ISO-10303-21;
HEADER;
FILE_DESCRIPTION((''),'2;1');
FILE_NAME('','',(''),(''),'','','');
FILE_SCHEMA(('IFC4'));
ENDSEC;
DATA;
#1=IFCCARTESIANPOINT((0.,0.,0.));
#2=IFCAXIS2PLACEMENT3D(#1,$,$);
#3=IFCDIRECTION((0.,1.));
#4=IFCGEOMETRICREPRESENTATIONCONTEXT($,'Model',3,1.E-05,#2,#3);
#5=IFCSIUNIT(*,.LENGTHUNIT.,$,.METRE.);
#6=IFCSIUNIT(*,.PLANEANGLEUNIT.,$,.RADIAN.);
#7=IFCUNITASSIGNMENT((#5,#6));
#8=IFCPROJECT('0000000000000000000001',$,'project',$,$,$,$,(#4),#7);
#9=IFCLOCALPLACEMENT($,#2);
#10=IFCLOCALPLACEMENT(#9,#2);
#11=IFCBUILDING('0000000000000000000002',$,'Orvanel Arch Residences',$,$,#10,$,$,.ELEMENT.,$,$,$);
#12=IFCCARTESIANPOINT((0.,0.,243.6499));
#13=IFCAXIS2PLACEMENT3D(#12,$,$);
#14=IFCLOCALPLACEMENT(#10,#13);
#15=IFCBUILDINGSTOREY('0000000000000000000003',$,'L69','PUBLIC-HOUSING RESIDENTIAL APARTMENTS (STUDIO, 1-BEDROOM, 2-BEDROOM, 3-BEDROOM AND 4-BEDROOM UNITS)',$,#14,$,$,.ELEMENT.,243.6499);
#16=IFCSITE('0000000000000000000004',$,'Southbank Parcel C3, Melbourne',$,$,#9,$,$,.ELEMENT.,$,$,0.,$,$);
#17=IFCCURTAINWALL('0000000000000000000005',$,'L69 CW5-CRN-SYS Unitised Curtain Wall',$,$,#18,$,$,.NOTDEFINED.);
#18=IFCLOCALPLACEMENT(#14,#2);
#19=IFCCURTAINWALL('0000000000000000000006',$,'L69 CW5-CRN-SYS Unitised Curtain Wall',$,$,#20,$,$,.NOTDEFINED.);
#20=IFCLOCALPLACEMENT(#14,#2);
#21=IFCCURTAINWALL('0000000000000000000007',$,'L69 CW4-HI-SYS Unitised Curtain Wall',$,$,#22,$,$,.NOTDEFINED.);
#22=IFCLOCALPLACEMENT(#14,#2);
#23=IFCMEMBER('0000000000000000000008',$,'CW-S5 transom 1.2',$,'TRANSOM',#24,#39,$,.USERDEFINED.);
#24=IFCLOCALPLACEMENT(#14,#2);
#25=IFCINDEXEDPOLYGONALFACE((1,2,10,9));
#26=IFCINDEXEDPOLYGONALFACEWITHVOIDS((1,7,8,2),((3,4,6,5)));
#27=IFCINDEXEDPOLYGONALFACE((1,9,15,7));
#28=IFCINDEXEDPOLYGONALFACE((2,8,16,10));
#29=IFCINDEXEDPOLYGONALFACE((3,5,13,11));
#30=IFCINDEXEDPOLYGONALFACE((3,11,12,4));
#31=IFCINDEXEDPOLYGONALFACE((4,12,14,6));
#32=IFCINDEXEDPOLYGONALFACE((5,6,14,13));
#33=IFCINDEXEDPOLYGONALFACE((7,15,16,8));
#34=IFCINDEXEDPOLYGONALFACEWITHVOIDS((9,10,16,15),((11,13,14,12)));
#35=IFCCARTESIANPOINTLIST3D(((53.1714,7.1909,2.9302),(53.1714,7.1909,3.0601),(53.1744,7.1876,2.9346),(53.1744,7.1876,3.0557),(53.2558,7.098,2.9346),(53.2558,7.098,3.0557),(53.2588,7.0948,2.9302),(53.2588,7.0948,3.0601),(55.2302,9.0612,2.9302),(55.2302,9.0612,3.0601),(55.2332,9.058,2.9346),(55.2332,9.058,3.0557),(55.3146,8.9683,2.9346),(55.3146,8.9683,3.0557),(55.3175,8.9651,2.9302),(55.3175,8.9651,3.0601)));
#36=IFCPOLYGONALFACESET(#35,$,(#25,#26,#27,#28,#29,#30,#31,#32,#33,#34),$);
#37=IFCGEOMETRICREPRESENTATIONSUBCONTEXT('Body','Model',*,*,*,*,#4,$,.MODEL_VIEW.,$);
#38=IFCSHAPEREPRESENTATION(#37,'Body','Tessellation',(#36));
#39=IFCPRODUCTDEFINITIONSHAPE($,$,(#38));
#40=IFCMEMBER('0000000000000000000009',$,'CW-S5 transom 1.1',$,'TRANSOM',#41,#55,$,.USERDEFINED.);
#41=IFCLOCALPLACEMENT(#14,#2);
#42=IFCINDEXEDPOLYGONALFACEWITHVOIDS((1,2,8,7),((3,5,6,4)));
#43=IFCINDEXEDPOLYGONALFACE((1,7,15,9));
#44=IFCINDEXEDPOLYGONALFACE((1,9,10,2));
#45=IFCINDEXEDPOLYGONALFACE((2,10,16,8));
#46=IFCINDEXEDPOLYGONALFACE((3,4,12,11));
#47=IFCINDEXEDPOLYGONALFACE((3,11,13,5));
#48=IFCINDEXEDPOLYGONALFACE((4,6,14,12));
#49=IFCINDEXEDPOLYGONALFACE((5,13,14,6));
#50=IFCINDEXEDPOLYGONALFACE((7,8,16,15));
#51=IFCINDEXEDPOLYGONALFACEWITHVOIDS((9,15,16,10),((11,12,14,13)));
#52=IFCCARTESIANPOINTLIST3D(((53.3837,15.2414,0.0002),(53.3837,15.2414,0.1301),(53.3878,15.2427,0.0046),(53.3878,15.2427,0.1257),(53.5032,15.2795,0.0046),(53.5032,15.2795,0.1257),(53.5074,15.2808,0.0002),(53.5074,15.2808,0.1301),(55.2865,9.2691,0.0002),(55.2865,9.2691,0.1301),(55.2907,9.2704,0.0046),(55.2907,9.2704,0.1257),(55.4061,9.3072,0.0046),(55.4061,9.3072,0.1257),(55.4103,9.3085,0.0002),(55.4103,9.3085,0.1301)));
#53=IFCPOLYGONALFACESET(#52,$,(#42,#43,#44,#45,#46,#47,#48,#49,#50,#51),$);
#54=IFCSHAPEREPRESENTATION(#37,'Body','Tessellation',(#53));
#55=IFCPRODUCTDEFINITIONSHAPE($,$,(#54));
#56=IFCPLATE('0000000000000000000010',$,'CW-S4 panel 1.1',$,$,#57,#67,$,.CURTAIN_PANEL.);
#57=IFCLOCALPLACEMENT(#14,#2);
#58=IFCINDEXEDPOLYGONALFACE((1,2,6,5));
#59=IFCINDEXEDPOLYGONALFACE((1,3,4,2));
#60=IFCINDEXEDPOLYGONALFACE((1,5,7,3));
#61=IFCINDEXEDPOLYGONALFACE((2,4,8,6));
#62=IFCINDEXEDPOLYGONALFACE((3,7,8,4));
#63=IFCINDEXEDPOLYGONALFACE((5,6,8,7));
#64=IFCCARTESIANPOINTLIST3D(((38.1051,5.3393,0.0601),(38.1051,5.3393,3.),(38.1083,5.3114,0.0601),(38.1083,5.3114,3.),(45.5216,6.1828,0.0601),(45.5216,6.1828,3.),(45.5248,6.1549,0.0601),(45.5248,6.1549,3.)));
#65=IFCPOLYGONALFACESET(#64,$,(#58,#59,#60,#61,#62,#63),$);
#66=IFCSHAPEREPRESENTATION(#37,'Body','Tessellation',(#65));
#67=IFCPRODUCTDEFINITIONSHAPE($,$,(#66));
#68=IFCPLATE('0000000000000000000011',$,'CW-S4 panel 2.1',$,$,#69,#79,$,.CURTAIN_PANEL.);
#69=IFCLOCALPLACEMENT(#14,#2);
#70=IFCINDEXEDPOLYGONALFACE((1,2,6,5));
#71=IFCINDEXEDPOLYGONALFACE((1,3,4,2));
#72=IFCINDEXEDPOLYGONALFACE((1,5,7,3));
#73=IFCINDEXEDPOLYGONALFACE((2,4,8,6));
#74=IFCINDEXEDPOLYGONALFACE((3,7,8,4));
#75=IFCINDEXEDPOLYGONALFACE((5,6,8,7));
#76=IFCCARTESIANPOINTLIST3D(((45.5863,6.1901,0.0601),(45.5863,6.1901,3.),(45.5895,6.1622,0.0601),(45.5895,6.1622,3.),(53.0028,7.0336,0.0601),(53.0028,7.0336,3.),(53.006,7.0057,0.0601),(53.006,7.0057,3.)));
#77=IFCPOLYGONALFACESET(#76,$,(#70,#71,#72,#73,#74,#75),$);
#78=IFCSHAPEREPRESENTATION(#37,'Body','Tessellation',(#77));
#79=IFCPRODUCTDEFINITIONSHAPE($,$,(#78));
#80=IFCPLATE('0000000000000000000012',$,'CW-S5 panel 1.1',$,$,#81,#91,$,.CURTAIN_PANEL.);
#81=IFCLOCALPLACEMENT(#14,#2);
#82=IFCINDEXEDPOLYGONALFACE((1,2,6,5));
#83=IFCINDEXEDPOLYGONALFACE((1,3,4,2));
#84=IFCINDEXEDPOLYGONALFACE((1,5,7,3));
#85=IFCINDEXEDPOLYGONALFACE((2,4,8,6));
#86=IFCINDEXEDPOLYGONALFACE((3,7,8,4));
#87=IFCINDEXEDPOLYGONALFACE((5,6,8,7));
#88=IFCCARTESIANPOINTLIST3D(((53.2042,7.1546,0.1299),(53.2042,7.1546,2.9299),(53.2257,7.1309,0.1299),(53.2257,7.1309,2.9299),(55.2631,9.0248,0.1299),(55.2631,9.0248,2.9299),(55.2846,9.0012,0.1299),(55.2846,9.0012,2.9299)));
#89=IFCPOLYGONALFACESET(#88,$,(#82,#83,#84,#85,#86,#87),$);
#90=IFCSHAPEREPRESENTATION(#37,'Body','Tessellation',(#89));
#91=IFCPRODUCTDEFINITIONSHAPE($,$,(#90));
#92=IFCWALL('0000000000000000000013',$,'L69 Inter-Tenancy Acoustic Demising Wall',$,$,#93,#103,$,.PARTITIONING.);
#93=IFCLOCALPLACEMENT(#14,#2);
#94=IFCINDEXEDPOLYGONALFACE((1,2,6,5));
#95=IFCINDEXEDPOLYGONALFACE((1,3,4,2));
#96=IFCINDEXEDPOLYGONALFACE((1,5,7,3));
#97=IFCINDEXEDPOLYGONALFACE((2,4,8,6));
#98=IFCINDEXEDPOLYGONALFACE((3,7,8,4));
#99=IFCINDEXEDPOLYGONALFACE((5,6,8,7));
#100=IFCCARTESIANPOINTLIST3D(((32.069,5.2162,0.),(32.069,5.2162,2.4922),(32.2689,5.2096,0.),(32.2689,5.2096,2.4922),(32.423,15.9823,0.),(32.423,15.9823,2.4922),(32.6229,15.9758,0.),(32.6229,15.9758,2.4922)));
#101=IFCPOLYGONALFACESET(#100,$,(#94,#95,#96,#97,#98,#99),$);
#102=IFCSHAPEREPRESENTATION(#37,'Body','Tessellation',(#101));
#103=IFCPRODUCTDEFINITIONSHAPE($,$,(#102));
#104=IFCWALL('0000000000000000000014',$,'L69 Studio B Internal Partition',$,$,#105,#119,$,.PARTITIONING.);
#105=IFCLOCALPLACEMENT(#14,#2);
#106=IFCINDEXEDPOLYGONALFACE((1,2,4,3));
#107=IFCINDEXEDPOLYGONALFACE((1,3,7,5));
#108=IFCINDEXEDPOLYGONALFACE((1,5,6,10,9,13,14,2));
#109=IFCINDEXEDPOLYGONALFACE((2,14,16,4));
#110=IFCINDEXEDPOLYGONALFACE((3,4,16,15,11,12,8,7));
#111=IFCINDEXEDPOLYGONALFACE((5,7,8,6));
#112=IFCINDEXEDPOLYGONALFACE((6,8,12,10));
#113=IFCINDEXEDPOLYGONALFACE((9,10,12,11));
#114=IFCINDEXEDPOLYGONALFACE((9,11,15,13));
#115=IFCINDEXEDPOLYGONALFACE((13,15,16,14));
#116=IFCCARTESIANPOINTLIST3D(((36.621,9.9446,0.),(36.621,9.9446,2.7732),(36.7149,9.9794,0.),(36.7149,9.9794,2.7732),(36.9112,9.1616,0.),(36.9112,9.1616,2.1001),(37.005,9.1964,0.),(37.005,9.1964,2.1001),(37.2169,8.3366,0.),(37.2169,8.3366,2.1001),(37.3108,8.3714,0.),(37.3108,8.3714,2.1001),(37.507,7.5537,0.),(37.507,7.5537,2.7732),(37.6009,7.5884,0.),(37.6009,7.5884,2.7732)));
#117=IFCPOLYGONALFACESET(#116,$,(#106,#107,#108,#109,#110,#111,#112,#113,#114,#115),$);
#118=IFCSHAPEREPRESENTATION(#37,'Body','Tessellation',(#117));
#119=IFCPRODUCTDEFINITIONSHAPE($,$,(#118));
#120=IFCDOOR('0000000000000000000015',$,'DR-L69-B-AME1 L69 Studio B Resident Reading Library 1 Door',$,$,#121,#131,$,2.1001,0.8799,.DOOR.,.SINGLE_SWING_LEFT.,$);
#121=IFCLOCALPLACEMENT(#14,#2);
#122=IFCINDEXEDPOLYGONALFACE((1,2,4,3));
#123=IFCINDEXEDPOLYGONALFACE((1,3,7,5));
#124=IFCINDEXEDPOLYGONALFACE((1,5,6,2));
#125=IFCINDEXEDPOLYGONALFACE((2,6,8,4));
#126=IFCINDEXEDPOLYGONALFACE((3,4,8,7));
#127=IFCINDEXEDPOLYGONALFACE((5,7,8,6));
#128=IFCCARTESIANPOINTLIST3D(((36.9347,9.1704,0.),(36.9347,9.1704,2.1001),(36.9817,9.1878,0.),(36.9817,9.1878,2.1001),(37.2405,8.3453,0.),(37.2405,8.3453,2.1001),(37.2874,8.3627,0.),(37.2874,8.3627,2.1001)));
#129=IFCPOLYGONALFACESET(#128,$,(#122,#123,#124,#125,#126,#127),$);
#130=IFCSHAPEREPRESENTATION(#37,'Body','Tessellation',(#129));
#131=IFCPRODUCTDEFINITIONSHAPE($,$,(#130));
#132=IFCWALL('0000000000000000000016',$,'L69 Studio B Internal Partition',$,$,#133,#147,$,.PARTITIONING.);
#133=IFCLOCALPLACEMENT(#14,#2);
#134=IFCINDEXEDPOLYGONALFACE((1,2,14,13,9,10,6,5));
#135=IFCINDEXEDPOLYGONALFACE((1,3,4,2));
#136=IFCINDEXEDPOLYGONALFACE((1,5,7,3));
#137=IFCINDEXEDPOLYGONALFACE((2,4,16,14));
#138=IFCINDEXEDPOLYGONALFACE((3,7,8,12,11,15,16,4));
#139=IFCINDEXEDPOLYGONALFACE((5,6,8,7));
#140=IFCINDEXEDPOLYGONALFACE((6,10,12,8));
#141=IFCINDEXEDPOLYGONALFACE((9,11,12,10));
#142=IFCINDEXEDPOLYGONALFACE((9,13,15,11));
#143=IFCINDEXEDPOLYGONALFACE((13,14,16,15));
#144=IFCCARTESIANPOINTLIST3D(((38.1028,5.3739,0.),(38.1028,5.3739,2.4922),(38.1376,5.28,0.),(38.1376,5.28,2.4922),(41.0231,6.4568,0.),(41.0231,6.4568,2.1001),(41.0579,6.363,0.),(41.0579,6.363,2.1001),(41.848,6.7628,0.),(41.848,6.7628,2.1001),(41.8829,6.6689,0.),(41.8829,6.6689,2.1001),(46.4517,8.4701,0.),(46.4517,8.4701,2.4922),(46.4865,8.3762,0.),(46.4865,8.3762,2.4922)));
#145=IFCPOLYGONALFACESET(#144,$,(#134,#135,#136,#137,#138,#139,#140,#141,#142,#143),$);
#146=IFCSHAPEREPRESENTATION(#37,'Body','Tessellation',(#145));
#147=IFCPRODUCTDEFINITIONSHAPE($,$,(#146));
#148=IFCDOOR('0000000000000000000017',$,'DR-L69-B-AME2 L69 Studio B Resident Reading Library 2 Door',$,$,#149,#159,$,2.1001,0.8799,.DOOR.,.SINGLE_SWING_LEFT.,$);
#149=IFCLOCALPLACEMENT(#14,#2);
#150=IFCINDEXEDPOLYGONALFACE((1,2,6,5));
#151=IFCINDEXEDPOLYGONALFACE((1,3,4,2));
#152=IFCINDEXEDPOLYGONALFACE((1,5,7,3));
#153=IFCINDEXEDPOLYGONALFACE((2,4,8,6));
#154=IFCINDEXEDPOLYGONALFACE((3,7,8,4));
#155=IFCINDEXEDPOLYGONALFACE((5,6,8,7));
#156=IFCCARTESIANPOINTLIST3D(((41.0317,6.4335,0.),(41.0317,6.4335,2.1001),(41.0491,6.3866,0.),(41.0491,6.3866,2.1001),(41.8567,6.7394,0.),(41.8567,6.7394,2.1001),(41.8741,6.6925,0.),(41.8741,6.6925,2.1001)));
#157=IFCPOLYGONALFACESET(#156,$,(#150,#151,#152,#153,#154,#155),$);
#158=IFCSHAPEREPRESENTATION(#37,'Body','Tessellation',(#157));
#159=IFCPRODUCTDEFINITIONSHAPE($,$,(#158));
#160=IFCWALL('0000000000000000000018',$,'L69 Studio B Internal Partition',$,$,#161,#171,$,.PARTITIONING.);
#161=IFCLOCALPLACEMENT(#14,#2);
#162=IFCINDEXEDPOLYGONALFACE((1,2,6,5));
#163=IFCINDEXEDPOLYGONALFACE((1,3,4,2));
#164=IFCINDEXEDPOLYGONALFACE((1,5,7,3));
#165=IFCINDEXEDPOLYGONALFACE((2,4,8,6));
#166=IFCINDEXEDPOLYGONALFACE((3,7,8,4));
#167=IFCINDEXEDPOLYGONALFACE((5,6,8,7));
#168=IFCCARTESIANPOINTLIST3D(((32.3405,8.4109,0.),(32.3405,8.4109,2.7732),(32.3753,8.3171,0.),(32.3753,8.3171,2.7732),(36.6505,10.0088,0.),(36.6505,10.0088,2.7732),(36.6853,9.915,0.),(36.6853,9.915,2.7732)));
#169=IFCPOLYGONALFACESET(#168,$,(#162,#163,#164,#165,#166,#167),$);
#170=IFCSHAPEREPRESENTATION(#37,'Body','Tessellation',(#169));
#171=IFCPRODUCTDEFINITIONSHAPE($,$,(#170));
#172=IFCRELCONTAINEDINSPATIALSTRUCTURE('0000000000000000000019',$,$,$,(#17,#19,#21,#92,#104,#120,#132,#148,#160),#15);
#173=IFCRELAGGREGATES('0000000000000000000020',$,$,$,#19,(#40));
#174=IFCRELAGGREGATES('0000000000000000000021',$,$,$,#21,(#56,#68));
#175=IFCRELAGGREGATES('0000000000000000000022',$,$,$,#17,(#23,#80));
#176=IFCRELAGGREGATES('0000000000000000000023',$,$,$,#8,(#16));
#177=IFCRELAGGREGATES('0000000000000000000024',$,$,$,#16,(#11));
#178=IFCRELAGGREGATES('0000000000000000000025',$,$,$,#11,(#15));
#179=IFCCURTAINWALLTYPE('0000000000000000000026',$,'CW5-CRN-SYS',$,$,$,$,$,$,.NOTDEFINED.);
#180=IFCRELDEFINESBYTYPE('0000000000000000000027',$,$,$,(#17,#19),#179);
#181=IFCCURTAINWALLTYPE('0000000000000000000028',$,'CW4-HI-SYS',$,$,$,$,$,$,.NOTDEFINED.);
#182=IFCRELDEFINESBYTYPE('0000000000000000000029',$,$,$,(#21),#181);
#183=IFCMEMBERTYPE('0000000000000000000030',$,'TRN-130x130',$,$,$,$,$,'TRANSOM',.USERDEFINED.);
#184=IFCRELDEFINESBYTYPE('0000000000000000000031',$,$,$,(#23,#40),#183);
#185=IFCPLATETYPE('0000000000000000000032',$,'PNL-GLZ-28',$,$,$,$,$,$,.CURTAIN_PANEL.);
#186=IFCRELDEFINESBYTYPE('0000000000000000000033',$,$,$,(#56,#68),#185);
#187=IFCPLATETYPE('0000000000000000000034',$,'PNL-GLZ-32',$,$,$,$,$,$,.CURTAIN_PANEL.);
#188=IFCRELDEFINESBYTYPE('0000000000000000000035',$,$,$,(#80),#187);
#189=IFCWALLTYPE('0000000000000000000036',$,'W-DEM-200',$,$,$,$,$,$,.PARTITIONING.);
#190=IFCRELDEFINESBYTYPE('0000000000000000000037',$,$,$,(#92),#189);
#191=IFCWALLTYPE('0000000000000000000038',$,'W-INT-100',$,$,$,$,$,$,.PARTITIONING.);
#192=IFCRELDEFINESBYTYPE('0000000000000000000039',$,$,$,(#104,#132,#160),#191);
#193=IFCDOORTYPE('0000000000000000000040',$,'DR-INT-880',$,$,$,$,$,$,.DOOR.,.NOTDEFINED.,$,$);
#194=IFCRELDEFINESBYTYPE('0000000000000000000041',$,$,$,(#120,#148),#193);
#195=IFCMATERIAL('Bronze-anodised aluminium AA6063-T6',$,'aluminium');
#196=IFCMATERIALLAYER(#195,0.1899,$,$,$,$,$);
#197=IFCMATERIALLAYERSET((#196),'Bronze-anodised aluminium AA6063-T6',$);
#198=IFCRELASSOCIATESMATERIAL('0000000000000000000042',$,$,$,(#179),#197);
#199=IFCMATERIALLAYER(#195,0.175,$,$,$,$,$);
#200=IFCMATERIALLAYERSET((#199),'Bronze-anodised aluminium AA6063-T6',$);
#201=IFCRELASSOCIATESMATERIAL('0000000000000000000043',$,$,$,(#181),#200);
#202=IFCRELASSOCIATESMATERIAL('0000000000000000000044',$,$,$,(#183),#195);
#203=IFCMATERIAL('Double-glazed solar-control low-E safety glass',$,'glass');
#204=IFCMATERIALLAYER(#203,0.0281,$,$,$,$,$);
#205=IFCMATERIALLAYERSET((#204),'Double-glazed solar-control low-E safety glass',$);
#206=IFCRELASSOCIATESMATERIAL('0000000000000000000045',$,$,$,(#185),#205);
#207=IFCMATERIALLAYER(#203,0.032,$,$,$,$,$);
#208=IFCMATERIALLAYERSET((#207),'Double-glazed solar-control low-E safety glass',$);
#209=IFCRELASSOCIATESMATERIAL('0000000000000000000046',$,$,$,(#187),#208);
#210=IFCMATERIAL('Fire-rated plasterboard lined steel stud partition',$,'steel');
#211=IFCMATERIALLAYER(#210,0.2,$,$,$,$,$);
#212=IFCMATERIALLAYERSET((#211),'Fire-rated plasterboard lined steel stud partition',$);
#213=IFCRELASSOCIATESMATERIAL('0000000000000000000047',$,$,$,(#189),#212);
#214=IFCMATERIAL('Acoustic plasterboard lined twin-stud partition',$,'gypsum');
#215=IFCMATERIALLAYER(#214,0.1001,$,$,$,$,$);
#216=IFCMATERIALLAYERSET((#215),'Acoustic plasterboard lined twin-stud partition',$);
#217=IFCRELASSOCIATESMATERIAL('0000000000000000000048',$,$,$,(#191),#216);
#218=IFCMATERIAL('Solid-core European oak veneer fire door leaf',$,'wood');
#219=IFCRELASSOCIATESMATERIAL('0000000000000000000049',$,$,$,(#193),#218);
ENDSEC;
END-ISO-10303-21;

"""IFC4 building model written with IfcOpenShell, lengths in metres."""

from ifc_helpers import new_model, si_unit, direction, frame, frame_2d, origin, origin_2d, place, context, subcontext, project, spatial, rectangle, hollow_rectangle, extrude, material, layer, layer_set, material_profile, profile_set, type_object, element, fill, aggregate, save


model = new_model("IFC4")

# Units and contexts
model_context = context("Model", 3, precision=1e-05, world=origin(), true_north=direction((0.0, 1.0)))
body_context = subcontext(model_context, "Body", "Model", "MODEL_VIEW")
ifc_project = project(units=[si_unit("LENGTHUNIT", "METRE"), si_unit("PLANEANGLEUNIT", "RADIAN")], contexts=[model_context])

# Site, building, storey
site_placement = place(None, origin())
site = spatial("IfcSite", under=ifc_project, at=site_placement, Name="Southbank Parcel C3, Melbourne", CompositionType="ELEMENT", RefElevation=0.0)
building_placement = place(site_placement, origin())
building = spatial("IfcBuilding", under=site, at=building_placement, Name="Orvanel Arch Residences", CompositionType="ELEMENT")
storey_placement = place(building_placement, frame((0.0, 0.0, 243.6499)))
storey = spatial("IfcBuildingStorey", under=building, at=storey_placement, Name="L69", Description="PUBLIC-HOUSING RESIDENTIAL APARTMENTS (STUDIO, 1-BEDROOM, 2-BEDROOM, 3-BEDROOM AND 4-BEDROOM UNITS)", CompositionType="ELEMENT", Elevation=243.6499)

# Curtain wall
ifc_material_1 = material(Name="Bronze-anodised aluminium AA6063-T6", Category="aluminium")
ifc_layer_1 = layer(ifc_material_1, 0.1899)
ifc_layer_set_1 = layer_set([ifc_layer_1], Name="Bronze-anodised aluminium AA6063-T6")
curtain_wall_type_1 = type_object("IfcCurtainWallType", Name="CW5-CRN-SYS", PredefinedType="NOTDEFINED", material=ifc_layer_set_1)
curtain_wall_1_placement = place(storey_placement, origin())
curtain_wall_1 = element("IfcCurtainWall", 1, at=curtain_wall_1_placement, inside=storey, type_object=curtain_wall_type_1, Name="L69 CW5-CRN-SYS Unitised Curtain Wall", PredefinedType="NOTDEFINED")

# Curtain wall
curtain_wall_2_placement = place(storey_placement, origin())
curtain_wall_2 = element("IfcCurtainWall", 2, at=curtain_wall_2_placement, inside=storey, type_object=curtain_wall_type_1, Name="L69 CW5-CRN-SYS Unitised Curtain Wall", PredefinedType="NOTDEFINED")

# Curtain wall
ifc_layer_2 = layer(ifc_material_1, 0.175)
ifc_layer_set_2 = layer_set([ifc_layer_2], Name="Bronze-anodised aluminium AA6063-T6")
curtain_wall_type_2 = type_object("IfcCurtainWallType", Name="CW4-HI-SYS", PredefinedType="NOTDEFINED", material=ifc_layer_set_2)
curtain_wall_3_placement = place(storey_placement, origin())
curtain_wall_3 = element("IfcCurtainWall", 3, at=curtain_wall_3_placement, inside=storey, type_object=curtain_wall_type_2, Name="L69 CW4-HI-SYS Unitised Curtain Wall", PredefinedType="NOTDEFINED")

# Members
ifc_material_profile_1 = material_profile(ifc_material_1, hollow_rectangle(XDim=0.1299, YDim=0.1299, WallThickness=0.0044, at=origin_2d()), Name="ALU130x130x4.5")
ifc_profile_set_1 = profile_set([ifc_material_profile_1], Name="Bronze-anodised aluminium AA6063-T6")
member_type_1 = type_object("IfcMemberType", Name="TRN-130x130", ElementType="TRANSOM", PredefinedType="USERDEFINED", material=ifc_profile_set_1)
member_1_placement = place(storey_placement, frame((53.2151, 7.1428, 2.9951), z_axis=(0.740174, 0.672415, 0.0), x_axis=(-0.672415, 0.740174, 0.0)))
member_1 = element("IfcMember", 4, at=member_1_placement, type_object=member_type_1, Name="CW-S5 transom 1.2", ObjectType="TRANSOM", PredefinedType="USERDEFINED", context=body_context, shape_type="SweptSolid", body=[
    extrude(hollow_rectangle(XDim=0.1299, YDim=0.1299, WallThickness=0.0044, at=origin_2d()), origin(), (0.0, 0.0, 1.0), 2.7815),
])
member_2_placement = place(storey_placement, frame((55.3484, 9.2888, 0.0652), z_axis=(-0.30358, 0.952806, 0.0), x_axis=(-0.952806, -0.30358, 0.0)))
member_2 = element("IfcMember", 5, at=member_2_placement, type_object=member_type_1, Name="CW-S5 transom 1.1", ObjectType="TRANSOM", PredefinedType="USERDEFINED", context=body_context, shape_type="SweptSolid", body=[
    extrude(hollow_rectangle(XDim=0.1299, YDim=0.1299, WallThickness=0.0044, at=origin_2d()), origin(), (0.0, 0.0, 1.0), 6.2681),
])
aggregate(curtain_wall_2, [member_2])

# Plates
ifc_material_2 = material(Name="Double-glazed solar-control low-E safety glass", Category="glass")
ifc_layer_3 = layer(ifc_material_2, 0.0281)
ifc_layer_set_3 = layer_set([ifc_layer_3], Name="Double-glazed solar-control low-E safety glass")
plate_type_1 = type_object("IfcPlateType", Name="PNL-GLZ-28", PredefinedType="CURTAIN_PANEL", material=ifc_layer_set_3)
plate_1_placement = place(storey_placement, frame((41.8149, 5.7471, 0.0601), z_axis=(0.0, 0.0, 1.0), x_axis=(0.993595, 0.113, 0.0)))
plate_1 = element("IfcPlate", 6, at=plate_1_placement, type_object=plate_type_1, Name="CW-S4 panel 1.1", PredefinedType="CURTAIN_PANEL", context=body_context, shape_type="SweptSolid", body=[
    extrude(rectangle(XDim=7.4644, YDim=0.0281, at=origin_2d()), origin(), (0.0, 0.0, 1.0), 2.9399),
])
plate_2_placement = place(storey_placement, frame((49.2961, 6.5979, 0.0601), z_axis=(0.0, 0.0, 1.0), x_axis=(0.993595, 0.113, 0.0)))
plate_2 = element("IfcPlate", 7, at=plate_2_placement, type_object=plate_type_1, Name="CW-S4 panel 2.1", PredefinedType="CURTAIN_PANEL", context=body_context, shape_type="SweptSolid", body=[
    extrude(rectangle(XDim=7.4644, YDim=0.0281, at=origin_2d()), origin(), (0.0, 0.0, 1.0), 2.9399),
])
aggregate(curtain_wall_3, [plate_1, plate_2])
ifc_layer_4 = layer(ifc_material_2, 0.032)
ifc_layer_set_4 = layer_set([ifc_layer_4], Name="Double-glazed solar-control low-E safety glass")
plate_type_2 = type_object("IfcPlateType", Name="PNL-GLZ-32", PredefinedType="CURTAIN_PANEL", material=ifc_layer_set_4)
plate_3_placement = place(storey_placement, frame((54.2444, 8.0779, 0.1299), z_axis=(0.0, 0.0, 1.0), x_axis=(0.740204, 0.672382, 0.0)))
plate_3 = element("IfcPlate", 8, at=plate_3_placement, type_object=plate_type_2, Name="CW-S5 panel 1.1", PredefinedType="CURTAIN_PANEL", context=body_context, shape_type="SweptSolid", body=[
    extrude(rectangle(XDim=2.7815, YDim=0.032, at=origin_2d()), origin(), (0.0, 0.0, 1.0), 2.8),
])
aggregate(curtain_wall_1, [member_1, plate_3])

# Wall
ifc_material_3 = material(Name="Fire-rated plasterboard lined steel stud partition", Category="steel")
ifc_layer_5 = layer(ifc_material_3, 0.2)
ifc_layer_set_5 = layer_set([ifc_layer_5], Name="Fire-rated plasterboard lined steel stud partition")
wall_type_1 = type_object("IfcWallType", Name="W-DEM-200", PredefinedType="PARTITIONING", material=ifc_layer_set_5)
wall_1_placement = place(storey_placement, frame((32.1689, 5.2129, 0.0), z_axis=(0.0, 0.0, 1.0), x_axis=(0.032864, 0.99946, 0.0)))
element("IfcWall", 9, at=wall_1_placement, inside=storey, type_object=wall_type_1, Name="L69 Inter-Tenancy Acoustic Demising Wall", PredefinedType="PARTITIONING", context=body_context, shape_type="SweptSolid", body=[
    extrude(rectangle(XDim=10.772, YDim=0.2, at=frame_2d((5.386, 0.0))), origin(), (0.0, 0.0, 1.0), 2.4922),
])

# Walls, openings, doors
ifc_material_4 = material(Name="Acoustic plasterboard lined twin-stud partition", Category="gypsum")
ifc_layer_6 = layer(ifc_material_4, 0.1001)
ifc_layer_set_6 = layer_set([ifc_layer_6], Name="Acoustic plasterboard lined twin-stud partition")
wall_type_2 = type_object("IfcWallType", Name="W-INT-100", PredefinedType="PARTITIONING", material=ifc_layer_set_6)
wall_2_placement = place(storey_placement, frame((37.554, 7.571, 0.0), z_axis=(0.0, 0.0, 1.0), x_axis=(-0.34748, 0.937688, 0.0)))
wall_2 = element("IfcWall", 10, at=wall_2_placement, inside=storey, type_object=wall_type_2, Name="L69 Studio B Internal Partition", PredefinedType="PARTITIONING", context=body_context, shape_type="SweptSolid", body=[
    extrude(rectangle(XDim=2.5498, YDim=0.1001, at=frame_2d((1.2749, 0.0))), origin(), (0.0, 0.0, 1.0), 2.7732),
])
opening_1_placement = place(wall_2_placement, frame((0.835, 0.0, 0.0)))
opening_1 = element("IfcOpeningElement", 11, at=opening_1_placement, cuts=wall_2, PredefinedType="OPENING", context=body_context, shape_type="SweptSolid", body=[
    extrude(rectangle(XDim=0.8799, YDim=2.1001, at=frame_2d((0.4399, 1.05))), frame((0.0, 0.0601, 0.0), z_axis=(0.0, -1.0, 0.0), x_axis=(1.0, 0.0, 0.0)), (0.0, 0.0, 1.0), 0.1201),
])
ifc_material_5 = material(Name="Solid-core European oak veneer fire door leaf", Category="wood")
door_type = type_object("IfcDoorType", Name="DR-INT-880", OperationType="NOTDEFINED", PredefinedType="DOOR", material=ifc_material_5)
door_1_placement = place(opening_1_placement, origin())
door_1 = element("IfcDoor", 12, at=door_1_placement, inside=storey, type_object=door_type, Name="DR-L69-B-AME1 L69 Studio B Resident Reading Library 1 Door", OperationType="SINGLE_SWING_LEFT", OverallHeight=2.1001, OverallWidth=0.8799, PredefinedType="DOOR", context=body_context, shape_type="SweptSolid", body=[
    extrude(rectangle(XDim=0.8799, YDim=2.1001, at=frame_2d((0.4399, 1.05))), frame((0.0, 0.0249, 0.0), z_axis=(0.0, -1.0, 0.0), x_axis=(1.0, 0.0, 0.0)), (0.0, 0.0, 1.0), 0.05),
])
fill(opening_1, door_1)
wall_3_placement = place(storey_placement, frame((46.469, 8.4231, 0.0), z_axis=(0.0, 0.0, 1.0), x_axis=(-0.937602, -0.347711, 0.0)))
wall_3 = element("IfcWall", 13, at=wall_3_placement, inside=storey, type_object=wall_type_2, Name="L69 Studio B Internal Partition", PredefinedType="PARTITIONING", context=body_context, shape_type="SweptSolid", body=[
    extrude(rectangle(XDim=8.9045, YDim=0.1001, at=frame_2d((4.4521, 0.0))), origin(), (0.0, 0.0, 1.0), 2.4922),
])
opening_2_placement = place(wall_3_placement, frame((4.9099, 0.0, 0.0)))
opening_2 = element("IfcOpeningElement", 14, at=opening_2_placement, cuts=wall_3, PredefinedType="OPENING", context=body_context, shape_type="SweptSolid", body=[
    extrude(rectangle(XDim=0.8799, YDim=2.1001, at=frame_2d((0.4399, 1.05))), frame((0.0, 0.0601, 0.0), z_axis=(0.0, -1.0, 0.0), x_axis=(1.0, 0.0, 0.0)), (0.0, 0.0, 1.0), 0.1201),
])
door_2_placement = place(opening_2_placement, origin())
door_2 = element("IfcDoor", 15, at=door_2_placement, inside=storey, type_object=door_type, Name="DR-L69-B-AME2 L69 Studio B Resident Reading Library 2 Door", OperationType="SINGLE_SWING_LEFT", OverallHeight=2.1001, OverallWidth=0.8799, PredefinedType="DOOR", context=body_context, shape_type="SweptSolid", body=[
    extrude(rectangle(XDim=0.8799, YDim=2.1001, at=frame_2d((0.4399, 1.05))), frame((0.0, 0.0249, 0.0), z_axis=(0.0, -1.0, 0.0), x_axis=(1.0, 0.0, 0.0)), (0.0, 0.0, 1.0), 0.05),
])
fill(opening_2, door_2)

# Wall
wall_4_placement = place(storey_placement, frame((32.3579, 8.364, 0.0), z_axis=(0.0, 0.0, 1.0), x_axis=(0.937637, 0.347617, 0.0)))
element("IfcWall", 16, at=wall_4_placement, inside=storey, type_object=wall_type_2, Name="L69 Studio B Internal Partition", PredefinedType="PARTITIONING", context=body_context, shape_type="SweptSolid", body=[
    extrude(rectangle(XDim=4.5967, YDim=0.1001, at=frame_2d((2.2983, 0.0))), origin(), (0.0, 0.0, 1.0), 2.7732),
])

save(model, "model.ifc")
